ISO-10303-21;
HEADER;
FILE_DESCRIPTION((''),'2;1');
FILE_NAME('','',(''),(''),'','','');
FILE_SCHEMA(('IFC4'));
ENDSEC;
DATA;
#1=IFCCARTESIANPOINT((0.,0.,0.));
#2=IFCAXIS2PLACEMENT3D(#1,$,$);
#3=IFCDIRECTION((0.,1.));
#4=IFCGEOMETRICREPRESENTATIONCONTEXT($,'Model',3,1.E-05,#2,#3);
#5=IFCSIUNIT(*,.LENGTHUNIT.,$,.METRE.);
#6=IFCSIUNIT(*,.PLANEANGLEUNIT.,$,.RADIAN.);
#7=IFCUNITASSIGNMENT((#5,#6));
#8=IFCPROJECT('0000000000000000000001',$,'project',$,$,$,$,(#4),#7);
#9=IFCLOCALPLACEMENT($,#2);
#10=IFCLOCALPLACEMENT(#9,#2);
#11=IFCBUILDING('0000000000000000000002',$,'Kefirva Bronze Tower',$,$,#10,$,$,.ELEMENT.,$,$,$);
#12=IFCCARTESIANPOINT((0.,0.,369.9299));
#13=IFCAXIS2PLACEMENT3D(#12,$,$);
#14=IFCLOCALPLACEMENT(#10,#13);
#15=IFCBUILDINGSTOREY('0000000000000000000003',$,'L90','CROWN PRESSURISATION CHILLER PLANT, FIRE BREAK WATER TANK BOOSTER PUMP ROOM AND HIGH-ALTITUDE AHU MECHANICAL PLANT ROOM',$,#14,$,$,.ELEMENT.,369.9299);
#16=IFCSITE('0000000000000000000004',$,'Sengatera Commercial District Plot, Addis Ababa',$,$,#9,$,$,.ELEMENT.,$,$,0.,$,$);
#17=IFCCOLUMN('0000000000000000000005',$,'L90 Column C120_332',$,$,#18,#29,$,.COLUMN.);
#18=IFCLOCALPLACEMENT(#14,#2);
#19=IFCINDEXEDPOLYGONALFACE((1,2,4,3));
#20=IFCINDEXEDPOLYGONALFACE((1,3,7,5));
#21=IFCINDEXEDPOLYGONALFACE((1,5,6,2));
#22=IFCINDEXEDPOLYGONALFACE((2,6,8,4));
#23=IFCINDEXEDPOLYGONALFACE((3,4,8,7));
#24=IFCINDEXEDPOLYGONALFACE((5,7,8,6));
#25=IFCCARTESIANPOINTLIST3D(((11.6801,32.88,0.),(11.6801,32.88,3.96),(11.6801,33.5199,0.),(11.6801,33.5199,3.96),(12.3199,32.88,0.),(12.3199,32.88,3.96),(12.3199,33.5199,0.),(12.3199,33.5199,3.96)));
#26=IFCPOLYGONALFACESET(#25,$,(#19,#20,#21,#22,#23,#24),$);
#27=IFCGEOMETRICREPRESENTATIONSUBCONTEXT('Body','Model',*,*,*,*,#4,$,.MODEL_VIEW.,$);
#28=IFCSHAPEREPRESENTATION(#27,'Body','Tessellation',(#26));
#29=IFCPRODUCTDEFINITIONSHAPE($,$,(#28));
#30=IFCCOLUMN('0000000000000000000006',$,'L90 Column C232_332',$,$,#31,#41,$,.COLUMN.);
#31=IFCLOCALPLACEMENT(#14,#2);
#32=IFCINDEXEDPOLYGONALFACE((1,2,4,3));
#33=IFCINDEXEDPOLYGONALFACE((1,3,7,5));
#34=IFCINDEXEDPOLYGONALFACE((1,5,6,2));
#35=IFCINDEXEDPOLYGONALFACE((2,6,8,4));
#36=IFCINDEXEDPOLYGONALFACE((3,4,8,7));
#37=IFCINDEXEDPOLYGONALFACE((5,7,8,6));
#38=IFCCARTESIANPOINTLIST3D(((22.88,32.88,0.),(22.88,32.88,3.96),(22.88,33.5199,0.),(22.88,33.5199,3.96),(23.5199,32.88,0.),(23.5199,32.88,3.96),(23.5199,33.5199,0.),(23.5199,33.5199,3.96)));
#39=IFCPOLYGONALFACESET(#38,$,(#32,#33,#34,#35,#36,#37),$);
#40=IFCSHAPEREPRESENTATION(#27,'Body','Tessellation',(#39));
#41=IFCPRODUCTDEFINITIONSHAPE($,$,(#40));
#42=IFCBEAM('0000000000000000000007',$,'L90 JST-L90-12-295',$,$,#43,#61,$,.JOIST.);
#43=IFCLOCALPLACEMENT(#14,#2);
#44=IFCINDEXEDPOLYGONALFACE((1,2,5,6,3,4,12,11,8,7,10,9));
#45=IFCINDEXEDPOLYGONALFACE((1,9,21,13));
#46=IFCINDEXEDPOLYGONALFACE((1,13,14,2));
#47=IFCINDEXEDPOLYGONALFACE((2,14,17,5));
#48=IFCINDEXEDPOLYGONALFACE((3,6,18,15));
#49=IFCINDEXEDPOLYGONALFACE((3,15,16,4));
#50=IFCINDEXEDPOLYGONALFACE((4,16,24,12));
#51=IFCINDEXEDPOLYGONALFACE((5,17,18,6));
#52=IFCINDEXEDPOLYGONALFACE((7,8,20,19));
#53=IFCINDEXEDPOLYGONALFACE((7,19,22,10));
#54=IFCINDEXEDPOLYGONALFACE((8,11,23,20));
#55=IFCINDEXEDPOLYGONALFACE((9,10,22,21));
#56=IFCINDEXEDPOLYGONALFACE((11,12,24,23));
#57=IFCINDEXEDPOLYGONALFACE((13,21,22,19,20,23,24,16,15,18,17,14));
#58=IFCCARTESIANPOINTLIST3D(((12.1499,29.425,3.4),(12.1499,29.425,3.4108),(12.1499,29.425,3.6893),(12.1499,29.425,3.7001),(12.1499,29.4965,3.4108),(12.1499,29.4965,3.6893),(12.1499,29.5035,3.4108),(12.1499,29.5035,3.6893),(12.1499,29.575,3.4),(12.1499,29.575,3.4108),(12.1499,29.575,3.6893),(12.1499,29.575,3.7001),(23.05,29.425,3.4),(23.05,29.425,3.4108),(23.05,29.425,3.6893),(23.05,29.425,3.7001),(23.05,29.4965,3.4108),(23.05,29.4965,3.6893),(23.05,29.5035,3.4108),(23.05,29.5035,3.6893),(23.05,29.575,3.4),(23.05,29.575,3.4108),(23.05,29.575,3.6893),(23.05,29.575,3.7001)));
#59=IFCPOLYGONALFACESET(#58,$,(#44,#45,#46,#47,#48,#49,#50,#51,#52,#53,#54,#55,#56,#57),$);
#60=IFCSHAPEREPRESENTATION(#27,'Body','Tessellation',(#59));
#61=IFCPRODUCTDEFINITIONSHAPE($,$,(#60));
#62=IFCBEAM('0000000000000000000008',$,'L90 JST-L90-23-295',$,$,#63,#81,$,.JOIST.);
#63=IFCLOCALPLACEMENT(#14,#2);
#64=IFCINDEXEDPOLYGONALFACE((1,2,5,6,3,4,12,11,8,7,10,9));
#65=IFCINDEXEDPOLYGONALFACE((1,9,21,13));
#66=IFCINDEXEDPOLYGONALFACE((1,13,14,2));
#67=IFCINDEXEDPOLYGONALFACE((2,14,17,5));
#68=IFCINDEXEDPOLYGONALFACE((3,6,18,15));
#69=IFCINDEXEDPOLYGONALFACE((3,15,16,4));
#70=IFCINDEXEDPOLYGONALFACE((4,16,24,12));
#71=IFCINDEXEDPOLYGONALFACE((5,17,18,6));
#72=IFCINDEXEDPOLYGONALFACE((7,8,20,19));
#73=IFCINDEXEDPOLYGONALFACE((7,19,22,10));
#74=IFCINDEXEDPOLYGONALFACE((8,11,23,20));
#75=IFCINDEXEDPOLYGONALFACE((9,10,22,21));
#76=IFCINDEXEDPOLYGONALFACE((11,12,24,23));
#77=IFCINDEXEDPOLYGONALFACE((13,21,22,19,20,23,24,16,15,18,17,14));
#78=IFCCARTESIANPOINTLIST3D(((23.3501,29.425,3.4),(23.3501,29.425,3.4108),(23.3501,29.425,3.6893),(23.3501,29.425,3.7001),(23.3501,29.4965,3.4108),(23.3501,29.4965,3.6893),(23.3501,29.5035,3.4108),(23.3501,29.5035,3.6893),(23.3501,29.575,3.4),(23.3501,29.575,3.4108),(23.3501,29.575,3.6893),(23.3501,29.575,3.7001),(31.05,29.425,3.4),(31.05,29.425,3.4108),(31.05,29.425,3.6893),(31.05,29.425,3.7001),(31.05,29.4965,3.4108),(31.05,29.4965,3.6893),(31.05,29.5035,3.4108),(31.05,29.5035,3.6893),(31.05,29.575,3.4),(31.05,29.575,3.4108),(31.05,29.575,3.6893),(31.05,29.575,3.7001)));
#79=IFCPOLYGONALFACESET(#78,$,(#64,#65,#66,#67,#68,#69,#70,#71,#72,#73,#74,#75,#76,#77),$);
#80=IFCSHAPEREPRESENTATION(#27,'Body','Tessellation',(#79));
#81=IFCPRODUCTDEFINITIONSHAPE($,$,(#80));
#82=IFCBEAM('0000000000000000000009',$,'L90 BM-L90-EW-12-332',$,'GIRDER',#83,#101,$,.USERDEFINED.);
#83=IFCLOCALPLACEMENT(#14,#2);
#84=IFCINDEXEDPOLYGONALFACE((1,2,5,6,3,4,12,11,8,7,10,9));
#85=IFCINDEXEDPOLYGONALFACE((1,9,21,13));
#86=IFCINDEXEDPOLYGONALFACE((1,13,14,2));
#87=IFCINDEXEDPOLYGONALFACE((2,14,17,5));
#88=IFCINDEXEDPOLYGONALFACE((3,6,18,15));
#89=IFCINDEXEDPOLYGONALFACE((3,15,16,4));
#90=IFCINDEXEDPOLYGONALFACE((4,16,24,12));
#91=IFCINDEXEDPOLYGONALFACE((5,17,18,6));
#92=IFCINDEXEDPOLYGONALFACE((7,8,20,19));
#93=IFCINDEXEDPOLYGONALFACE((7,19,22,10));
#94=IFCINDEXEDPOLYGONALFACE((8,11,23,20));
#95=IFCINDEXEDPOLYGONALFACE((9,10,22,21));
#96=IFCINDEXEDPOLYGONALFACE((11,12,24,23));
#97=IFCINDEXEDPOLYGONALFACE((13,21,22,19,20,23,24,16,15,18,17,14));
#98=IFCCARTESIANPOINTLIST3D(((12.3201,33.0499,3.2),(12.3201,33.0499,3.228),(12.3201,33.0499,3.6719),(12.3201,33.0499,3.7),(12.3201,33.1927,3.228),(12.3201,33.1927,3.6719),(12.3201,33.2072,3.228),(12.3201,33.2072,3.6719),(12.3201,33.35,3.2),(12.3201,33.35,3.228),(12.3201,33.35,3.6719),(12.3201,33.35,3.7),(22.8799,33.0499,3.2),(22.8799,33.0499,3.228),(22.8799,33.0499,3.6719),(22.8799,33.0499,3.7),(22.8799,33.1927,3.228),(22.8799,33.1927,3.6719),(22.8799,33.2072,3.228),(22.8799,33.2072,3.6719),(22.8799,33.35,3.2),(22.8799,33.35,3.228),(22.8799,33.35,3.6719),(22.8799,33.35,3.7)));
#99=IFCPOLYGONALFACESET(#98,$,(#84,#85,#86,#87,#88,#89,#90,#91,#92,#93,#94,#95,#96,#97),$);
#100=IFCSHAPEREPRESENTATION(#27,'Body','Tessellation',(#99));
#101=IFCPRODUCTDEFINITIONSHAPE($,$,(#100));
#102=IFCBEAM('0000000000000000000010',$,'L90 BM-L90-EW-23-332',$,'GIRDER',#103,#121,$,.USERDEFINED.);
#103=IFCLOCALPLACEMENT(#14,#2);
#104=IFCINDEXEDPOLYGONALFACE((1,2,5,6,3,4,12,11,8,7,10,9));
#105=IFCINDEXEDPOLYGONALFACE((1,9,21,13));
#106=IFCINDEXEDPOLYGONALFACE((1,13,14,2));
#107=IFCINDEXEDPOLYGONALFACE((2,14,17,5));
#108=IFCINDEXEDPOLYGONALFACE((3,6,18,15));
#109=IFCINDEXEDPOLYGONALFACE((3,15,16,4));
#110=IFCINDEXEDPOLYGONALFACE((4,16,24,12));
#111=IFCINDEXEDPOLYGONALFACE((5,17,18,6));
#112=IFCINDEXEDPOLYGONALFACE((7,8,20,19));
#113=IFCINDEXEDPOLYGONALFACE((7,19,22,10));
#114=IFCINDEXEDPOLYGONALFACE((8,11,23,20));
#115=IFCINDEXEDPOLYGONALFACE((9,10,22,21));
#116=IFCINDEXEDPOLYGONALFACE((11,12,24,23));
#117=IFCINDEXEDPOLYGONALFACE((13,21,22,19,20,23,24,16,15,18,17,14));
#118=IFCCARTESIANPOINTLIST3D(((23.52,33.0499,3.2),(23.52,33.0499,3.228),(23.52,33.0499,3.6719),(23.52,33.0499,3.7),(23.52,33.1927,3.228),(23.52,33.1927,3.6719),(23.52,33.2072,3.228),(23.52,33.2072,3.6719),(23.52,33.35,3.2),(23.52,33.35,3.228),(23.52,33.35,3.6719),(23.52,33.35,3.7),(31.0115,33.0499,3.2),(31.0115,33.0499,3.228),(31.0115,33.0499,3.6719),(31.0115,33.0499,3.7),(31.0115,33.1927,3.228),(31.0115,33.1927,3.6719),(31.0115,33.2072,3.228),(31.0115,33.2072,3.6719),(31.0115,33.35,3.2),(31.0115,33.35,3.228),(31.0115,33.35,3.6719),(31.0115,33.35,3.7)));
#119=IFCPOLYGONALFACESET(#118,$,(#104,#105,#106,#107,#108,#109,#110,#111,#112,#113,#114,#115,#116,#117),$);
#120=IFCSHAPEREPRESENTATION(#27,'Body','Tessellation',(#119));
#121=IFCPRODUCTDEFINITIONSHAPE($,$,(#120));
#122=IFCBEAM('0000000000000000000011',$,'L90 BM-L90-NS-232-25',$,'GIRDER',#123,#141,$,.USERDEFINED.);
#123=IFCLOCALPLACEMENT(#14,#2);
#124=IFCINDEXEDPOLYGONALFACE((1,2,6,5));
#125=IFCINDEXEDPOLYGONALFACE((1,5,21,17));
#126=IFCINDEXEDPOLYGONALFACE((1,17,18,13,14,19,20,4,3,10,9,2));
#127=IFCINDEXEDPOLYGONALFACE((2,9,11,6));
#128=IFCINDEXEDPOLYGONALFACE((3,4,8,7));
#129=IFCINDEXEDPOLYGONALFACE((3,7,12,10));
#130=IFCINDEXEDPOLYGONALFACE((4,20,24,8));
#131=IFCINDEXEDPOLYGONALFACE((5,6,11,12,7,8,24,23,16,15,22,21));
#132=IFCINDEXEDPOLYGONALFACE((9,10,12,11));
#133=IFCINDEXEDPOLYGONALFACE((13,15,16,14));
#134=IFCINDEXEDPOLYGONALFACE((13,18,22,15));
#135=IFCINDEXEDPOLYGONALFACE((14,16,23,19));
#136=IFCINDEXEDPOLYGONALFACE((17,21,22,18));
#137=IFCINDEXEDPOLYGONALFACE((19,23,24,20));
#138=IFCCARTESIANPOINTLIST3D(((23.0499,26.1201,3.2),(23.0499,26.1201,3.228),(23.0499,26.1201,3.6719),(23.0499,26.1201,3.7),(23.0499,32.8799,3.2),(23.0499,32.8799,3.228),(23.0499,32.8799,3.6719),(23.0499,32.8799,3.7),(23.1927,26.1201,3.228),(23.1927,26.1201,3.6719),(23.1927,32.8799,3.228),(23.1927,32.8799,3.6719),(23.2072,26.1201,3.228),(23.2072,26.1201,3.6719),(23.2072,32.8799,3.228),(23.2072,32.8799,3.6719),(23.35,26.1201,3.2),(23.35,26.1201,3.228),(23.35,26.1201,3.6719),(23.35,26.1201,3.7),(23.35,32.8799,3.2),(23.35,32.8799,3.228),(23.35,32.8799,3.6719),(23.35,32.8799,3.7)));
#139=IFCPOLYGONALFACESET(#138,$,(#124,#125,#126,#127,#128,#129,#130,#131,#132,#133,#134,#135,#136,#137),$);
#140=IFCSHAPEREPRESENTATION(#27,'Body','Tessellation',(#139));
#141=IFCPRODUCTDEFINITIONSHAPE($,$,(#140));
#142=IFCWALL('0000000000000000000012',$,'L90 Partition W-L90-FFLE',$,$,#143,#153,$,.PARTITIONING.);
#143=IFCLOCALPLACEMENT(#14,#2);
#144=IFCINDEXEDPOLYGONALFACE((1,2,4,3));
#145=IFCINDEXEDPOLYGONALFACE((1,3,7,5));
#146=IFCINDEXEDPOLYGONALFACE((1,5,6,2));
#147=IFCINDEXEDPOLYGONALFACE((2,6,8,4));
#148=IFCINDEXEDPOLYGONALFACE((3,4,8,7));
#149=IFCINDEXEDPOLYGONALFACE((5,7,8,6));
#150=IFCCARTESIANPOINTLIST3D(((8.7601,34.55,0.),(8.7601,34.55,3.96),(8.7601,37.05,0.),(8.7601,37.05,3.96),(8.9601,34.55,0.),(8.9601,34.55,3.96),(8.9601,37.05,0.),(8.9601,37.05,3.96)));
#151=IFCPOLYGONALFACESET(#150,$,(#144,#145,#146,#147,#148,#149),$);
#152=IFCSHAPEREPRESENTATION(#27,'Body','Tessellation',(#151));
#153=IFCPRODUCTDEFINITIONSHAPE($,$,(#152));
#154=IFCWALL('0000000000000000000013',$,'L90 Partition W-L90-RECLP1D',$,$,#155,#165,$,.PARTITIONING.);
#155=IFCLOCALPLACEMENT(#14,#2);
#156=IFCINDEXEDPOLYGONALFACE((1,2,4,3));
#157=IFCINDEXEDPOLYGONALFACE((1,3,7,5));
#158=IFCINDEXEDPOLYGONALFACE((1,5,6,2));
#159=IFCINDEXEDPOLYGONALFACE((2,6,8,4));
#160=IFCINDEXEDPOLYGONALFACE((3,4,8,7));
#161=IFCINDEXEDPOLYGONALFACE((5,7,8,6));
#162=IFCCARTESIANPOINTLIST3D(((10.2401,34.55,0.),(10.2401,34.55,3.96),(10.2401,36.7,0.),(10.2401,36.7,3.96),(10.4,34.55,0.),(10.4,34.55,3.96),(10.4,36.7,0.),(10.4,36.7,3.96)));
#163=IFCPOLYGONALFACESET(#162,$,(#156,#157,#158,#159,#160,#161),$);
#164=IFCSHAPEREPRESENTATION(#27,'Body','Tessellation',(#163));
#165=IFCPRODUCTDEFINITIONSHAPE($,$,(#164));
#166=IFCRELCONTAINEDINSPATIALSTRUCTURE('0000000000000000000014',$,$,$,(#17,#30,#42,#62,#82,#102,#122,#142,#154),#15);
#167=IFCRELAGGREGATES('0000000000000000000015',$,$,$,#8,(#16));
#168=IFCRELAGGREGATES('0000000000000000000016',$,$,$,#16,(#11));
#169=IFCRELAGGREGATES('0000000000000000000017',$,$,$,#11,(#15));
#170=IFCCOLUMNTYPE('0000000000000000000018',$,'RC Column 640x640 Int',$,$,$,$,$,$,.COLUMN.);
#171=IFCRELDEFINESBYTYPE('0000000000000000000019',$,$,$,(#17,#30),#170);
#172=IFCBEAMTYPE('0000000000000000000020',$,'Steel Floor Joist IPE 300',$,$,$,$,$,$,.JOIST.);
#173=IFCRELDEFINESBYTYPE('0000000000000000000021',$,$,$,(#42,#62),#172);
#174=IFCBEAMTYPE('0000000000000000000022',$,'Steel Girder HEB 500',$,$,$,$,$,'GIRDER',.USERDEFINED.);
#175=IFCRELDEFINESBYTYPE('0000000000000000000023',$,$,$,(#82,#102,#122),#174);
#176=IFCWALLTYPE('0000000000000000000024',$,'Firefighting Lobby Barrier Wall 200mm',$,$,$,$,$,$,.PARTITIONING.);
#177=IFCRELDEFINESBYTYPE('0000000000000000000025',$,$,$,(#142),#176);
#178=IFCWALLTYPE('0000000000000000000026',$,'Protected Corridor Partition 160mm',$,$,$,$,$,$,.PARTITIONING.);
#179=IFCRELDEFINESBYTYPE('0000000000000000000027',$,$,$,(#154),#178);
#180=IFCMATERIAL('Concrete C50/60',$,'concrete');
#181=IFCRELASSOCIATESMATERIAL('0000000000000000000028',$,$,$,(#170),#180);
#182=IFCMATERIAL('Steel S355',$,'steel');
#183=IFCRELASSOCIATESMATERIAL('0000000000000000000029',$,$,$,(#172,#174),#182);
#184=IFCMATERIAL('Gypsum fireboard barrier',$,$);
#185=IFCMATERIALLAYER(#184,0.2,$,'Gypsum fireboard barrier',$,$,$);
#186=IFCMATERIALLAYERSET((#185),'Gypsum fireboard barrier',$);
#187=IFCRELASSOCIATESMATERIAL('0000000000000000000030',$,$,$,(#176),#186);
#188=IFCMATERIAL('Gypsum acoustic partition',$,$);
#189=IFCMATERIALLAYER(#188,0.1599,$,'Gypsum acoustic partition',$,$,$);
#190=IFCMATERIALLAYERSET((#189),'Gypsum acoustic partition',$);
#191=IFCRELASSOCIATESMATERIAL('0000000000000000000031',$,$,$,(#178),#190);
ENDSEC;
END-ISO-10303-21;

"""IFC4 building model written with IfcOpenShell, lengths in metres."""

from ifc_helpers import new_model, si_unit, direction, frame, frame_2d, origin, origin_2d, place, context, subcontext, project, spatial, rectangle, i_section, extrude, material, layer, layer_set, material_profile, profile_set, type_object, element, save


model = new_model("IFC4")

# Units and contexts
model_context = context("Model", 3, precision=1e-05, world=origin(), true_north=direction((0.0, 1.0)))
body_context = subcontext(model_context, "Body", "Model", "MODEL_VIEW")
ifc_project = project(units=[si_unit("LENGTHUNIT", "METRE"), si_unit("PLANEANGLEUNIT", "RADIAN")], contexts=[model_context])

# Site, building, storey
site_placement = place(None, origin())
site = spatial("IfcSite", under=ifc_project, at=site_placement, Name="Sengatera Commercial District Plot, Addis Ababa", CompositionType="ELEMENT", RefElevation=0.0)
building_placement = place(site_placement, origin())
building = spatial("IfcBuilding", under=site, at=building_placement, Name="Kefirva Bronze Tower", CompositionType="ELEMENT")
storey_placement = place(building_placement, frame((0.0, 0.0, 369.9299)))
storey = spatial("IfcBuildingStorey", under=building, at=storey_placement, Name="L90", Description="CROWN PRESSURISATION CHILLER PLANT, FIRE BREAK WATER TANK BOOSTER PUMP ROOM AND HIGH-ALTITUDE AHU MECHANICAL PLANT ROOM", CompositionType="ELEMENT", Elevation=369.9299)

# Columns
ifc_material_1 = material(Name="Concrete C50/60", Category="concrete")
ifc_material_profile_1 = material_profile(ifc_material_1, rectangle(XDim=0.6399, YDim=0.6399, at=origin_2d()), Name="RC 640x640")
ifc_profile_set_1 = profile_set([ifc_material_profile_1], Name="Concrete C50/60")
column_type = type_object("IfcColumnType", Name="RC Column 640x640 Int", PredefinedType="COLUMN", material=ifc_profile_set_1)
for number, where, z_axis, x_axis, name in (
    (1, (12.0, 33.2, 0.0), (0.0, 0.0, 1.0), (1.0, 0.0, 0.0), "L90 Column C120_332"),
    (2, (23.2, 33.2, 0.0), (0.0, 0.0, 1.0), (1.0, 0.0, 0.0), "L90 Column C232_332"),
):
    element("IfcColumn", number, at=place(storey_placement, frame(where, z_axis=z_axis, x_axis=x_axis)), inside=storey, type_object=column_type, Name=name, PredefinedType="COLUMN", context=body_context, shape_type="SweptSolid", body=[
        extrude(rectangle(XDim=0.6399, YDim=0.6399, at=origin_2d()), origin(), (0.0, 0.0, 1.0), 3.96),
    ])

# Beams
ifc_material_2 = material(Name="Steel S355", Category="steel")
ifc_material_profile_2 = material_profile(ifc_material_2, i_section(OverallWidth=0.1499, OverallDepth=0.3, WebThickness=0.0071, FlangeThickness=0.0107, at=origin_2d()), Name="IPE 300")
ifc_profile_set_2 = profile_set([ifc_material_profile_2], Name="Steel S355")
beam_type_1 = type_object("IfcBeamType", Name="Steel Floor Joist IPE 300", PredefinedType="JOIST", material=ifc_profile_set_2)
beam_1_placement = place(storey_placement, frame((12.1499, 29.5, 3.55), z_axis=(1.0, 0.0, 0.0), x_axis=(0.0, 1.0, 0.0)))
element("IfcBeam", 3, at=beam_1_placement, inside=storey, type_object=beam_type_1, Name="L90 JST-L90-12-295", PredefinedType="JOIST", context=body_context, shape_type="SweptSolid", body=[
    extrude(i_section(OverallWidth=0.1499, OverallDepth=0.3, WebThickness=0.0071, FlangeThickness=0.0107, at=origin_2d()), origin(), (0.0, 0.0, 1.0), 10.9001),
])
beam_2_placement = place(storey_placement, frame((23.3501, 29.5, 3.55), z_axis=(1.0, 0.0, 0.0), x_axis=(0.0, 1.0, 0.0)))
element("IfcBeam", 4, at=beam_2_placement, inside=storey, type_object=beam_type_1, Name="L90 JST-L90-23-295", PredefinedType="JOIST", context=body_context, shape_type="SweptSolid", body=[
    extrude(i_section(OverallWidth=0.1499, OverallDepth=0.3, WebThickness=0.0071, FlangeThickness=0.0107, at=origin_2d()), origin(), (0.0, 0.0, 1.0), 7.7),
])
ifc_material_profile_3 = material_profile(ifc_material_2, i_section(OverallWidth=0.3, OverallDepth=0.5, WebThickness=0.0144, FlangeThickness=0.0281, at=origin_2d()), Name="HEB 500")
ifc_profile_set_3 = profile_set([ifc_material_profile_3], Name="Steel S355")
beam_type_2 = type_object("IfcBeamType", Name="Steel Girder HEB 500", ElementType="GIRDER", PredefinedType="USERDEFINED", material=ifc_profile_set_3)
beam_3_placement = place(storey_placement, frame((12.3201, 33.2, 3.45), z_axis=(1.0, 0.0, 0.0), x_axis=(0.0, 1.0, 0.0)))
element("IfcBeam", 5, at=beam_3_placement, inside=storey, type_object=beam_type_2, Name="L90 BM-L90-EW-12-332", ObjectType="GIRDER", PredefinedType="USERDEFINED", context=body_context, shape_type="SweptSolid", body=[
    extrude(i_section(OverallWidth=0.3, OverallDepth=0.5, WebThickness=0.0144, FlangeThickness=0.0281, at=origin_2d()), origin(), (0.0, 0.0, 1.0), 10.5598),
])
beam_4_placement = place(storey_placement, frame((23.52, 33.2, 3.45), z_axis=(1.0, 0.0, 0.0), x_axis=(0.0, 1.0, 0.0)))
element("IfcBeam", 6, at=beam_4_placement, inside=storey, type_object=beam_type_2, Name="L90 BM-L90-EW-23-332", ObjectType="GIRDER", PredefinedType="USERDEFINED", context=body_context, shape_type="SweptSolid", body=[
    extrude(i_section(OverallWidth=0.3, OverallDepth=0.5, WebThickness=0.0144, FlangeThickness=0.0281, at=origin_2d()), origin(), (0.0, 0.0, 1.0), 7.4915),
])
beam_5_placement = place(storey_placement, frame((23.2, 26.1201, 3.45), z_axis=(0.0, 1.0, 0.0), x_axis=(-1.0, 0.0, 0.0)))
element("IfcBeam", 7, at=beam_5_placement, inside=storey, type_object=beam_type_2, Name="L90 BM-L90-NS-232-25", ObjectType="GIRDER", PredefinedType="USERDEFINED", context=body_context, shape_type="SweptSolid", body=[
    extrude(i_section(OverallWidth=0.3, OverallDepth=0.5, WebThickness=0.0144, FlangeThickness=0.0281, at=origin_2d()), origin(), (0.0, 0.0, 1.0), 6.7598),
])

# Shared definitions
ifc_material_3 = material(Name="Gypsum acoustic partition")

# Wall
ifc_material_4 = material(Name="Gypsum fireboard barrier")
ifc_layer_1 = layer(ifc_material_4, 0.2, Name="Gypsum fireboard barrier")
ifc_layer_set_1 = layer_set([ifc_layer_1], Name="Gypsum fireboard barrier")
wall_type_1 = type_object("IfcWallType", Name="Firefighting Lobby Barrier Wall 200mm", PredefinedType="PARTITIONING", material=ifc_layer_set_1)
wall_1_placement = place(storey_placement, frame((8.8601, 34.55, 0.0), z_axis=(0.0, 0.0, 1.0), x_axis=(0.0, 1.0, 0.0)))
element("IfcWall", 8, at=wall_1_placement, inside=storey, type_object=wall_type_1, Name="L90 Partition W-L90-FFLE", PredefinedType="PARTITIONING", context=body_context, shape_type="SweptSolid", body=[
    extrude(rectangle(XDim=2.5, YDim=0.2, at=frame_2d((1.25, 0.0))), origin(), (0.0, 0.0, 1.0), 3.96),
])

# Shared definitions
ifc_layer_2 = layer(ifc_material_3, 0.1599, Name="Gypsum acoustic partition")
ifc_layer_set_2 = layer_set([ifc_layer_2], Name="Gypsum acoustic partition")
wall_type_2 = type_object("IfcWallType", Name="Protected Corridor Partition 160mm", PredefinedType="PARTITIONING", material=ifc_layer_set_2)

# Wall
wall_2_placement = place(storey_placement, frame((10.3201, 34.55, 0.0), z_axis=(0.0, 0.0, 1.0), x_axis=(0.0, 1.0, 0.0)))
element("IfcWall", 9, at=wall_2_placement, inside=storey, type_object=wall_type_2, Name="L90 Partition W-L90-RECLP1D", PredefinedType="PARTITIONING", context=body_context, shape_type="SweptSolid", body=[
    extrude(rectangle(XDim=2.1499, YDim=0.1599, at=frame_2d((1.075, 0.0))), origin(), (0.0, 0.0, 1.0), 3.96),
])

save(model, "model.ifc")
